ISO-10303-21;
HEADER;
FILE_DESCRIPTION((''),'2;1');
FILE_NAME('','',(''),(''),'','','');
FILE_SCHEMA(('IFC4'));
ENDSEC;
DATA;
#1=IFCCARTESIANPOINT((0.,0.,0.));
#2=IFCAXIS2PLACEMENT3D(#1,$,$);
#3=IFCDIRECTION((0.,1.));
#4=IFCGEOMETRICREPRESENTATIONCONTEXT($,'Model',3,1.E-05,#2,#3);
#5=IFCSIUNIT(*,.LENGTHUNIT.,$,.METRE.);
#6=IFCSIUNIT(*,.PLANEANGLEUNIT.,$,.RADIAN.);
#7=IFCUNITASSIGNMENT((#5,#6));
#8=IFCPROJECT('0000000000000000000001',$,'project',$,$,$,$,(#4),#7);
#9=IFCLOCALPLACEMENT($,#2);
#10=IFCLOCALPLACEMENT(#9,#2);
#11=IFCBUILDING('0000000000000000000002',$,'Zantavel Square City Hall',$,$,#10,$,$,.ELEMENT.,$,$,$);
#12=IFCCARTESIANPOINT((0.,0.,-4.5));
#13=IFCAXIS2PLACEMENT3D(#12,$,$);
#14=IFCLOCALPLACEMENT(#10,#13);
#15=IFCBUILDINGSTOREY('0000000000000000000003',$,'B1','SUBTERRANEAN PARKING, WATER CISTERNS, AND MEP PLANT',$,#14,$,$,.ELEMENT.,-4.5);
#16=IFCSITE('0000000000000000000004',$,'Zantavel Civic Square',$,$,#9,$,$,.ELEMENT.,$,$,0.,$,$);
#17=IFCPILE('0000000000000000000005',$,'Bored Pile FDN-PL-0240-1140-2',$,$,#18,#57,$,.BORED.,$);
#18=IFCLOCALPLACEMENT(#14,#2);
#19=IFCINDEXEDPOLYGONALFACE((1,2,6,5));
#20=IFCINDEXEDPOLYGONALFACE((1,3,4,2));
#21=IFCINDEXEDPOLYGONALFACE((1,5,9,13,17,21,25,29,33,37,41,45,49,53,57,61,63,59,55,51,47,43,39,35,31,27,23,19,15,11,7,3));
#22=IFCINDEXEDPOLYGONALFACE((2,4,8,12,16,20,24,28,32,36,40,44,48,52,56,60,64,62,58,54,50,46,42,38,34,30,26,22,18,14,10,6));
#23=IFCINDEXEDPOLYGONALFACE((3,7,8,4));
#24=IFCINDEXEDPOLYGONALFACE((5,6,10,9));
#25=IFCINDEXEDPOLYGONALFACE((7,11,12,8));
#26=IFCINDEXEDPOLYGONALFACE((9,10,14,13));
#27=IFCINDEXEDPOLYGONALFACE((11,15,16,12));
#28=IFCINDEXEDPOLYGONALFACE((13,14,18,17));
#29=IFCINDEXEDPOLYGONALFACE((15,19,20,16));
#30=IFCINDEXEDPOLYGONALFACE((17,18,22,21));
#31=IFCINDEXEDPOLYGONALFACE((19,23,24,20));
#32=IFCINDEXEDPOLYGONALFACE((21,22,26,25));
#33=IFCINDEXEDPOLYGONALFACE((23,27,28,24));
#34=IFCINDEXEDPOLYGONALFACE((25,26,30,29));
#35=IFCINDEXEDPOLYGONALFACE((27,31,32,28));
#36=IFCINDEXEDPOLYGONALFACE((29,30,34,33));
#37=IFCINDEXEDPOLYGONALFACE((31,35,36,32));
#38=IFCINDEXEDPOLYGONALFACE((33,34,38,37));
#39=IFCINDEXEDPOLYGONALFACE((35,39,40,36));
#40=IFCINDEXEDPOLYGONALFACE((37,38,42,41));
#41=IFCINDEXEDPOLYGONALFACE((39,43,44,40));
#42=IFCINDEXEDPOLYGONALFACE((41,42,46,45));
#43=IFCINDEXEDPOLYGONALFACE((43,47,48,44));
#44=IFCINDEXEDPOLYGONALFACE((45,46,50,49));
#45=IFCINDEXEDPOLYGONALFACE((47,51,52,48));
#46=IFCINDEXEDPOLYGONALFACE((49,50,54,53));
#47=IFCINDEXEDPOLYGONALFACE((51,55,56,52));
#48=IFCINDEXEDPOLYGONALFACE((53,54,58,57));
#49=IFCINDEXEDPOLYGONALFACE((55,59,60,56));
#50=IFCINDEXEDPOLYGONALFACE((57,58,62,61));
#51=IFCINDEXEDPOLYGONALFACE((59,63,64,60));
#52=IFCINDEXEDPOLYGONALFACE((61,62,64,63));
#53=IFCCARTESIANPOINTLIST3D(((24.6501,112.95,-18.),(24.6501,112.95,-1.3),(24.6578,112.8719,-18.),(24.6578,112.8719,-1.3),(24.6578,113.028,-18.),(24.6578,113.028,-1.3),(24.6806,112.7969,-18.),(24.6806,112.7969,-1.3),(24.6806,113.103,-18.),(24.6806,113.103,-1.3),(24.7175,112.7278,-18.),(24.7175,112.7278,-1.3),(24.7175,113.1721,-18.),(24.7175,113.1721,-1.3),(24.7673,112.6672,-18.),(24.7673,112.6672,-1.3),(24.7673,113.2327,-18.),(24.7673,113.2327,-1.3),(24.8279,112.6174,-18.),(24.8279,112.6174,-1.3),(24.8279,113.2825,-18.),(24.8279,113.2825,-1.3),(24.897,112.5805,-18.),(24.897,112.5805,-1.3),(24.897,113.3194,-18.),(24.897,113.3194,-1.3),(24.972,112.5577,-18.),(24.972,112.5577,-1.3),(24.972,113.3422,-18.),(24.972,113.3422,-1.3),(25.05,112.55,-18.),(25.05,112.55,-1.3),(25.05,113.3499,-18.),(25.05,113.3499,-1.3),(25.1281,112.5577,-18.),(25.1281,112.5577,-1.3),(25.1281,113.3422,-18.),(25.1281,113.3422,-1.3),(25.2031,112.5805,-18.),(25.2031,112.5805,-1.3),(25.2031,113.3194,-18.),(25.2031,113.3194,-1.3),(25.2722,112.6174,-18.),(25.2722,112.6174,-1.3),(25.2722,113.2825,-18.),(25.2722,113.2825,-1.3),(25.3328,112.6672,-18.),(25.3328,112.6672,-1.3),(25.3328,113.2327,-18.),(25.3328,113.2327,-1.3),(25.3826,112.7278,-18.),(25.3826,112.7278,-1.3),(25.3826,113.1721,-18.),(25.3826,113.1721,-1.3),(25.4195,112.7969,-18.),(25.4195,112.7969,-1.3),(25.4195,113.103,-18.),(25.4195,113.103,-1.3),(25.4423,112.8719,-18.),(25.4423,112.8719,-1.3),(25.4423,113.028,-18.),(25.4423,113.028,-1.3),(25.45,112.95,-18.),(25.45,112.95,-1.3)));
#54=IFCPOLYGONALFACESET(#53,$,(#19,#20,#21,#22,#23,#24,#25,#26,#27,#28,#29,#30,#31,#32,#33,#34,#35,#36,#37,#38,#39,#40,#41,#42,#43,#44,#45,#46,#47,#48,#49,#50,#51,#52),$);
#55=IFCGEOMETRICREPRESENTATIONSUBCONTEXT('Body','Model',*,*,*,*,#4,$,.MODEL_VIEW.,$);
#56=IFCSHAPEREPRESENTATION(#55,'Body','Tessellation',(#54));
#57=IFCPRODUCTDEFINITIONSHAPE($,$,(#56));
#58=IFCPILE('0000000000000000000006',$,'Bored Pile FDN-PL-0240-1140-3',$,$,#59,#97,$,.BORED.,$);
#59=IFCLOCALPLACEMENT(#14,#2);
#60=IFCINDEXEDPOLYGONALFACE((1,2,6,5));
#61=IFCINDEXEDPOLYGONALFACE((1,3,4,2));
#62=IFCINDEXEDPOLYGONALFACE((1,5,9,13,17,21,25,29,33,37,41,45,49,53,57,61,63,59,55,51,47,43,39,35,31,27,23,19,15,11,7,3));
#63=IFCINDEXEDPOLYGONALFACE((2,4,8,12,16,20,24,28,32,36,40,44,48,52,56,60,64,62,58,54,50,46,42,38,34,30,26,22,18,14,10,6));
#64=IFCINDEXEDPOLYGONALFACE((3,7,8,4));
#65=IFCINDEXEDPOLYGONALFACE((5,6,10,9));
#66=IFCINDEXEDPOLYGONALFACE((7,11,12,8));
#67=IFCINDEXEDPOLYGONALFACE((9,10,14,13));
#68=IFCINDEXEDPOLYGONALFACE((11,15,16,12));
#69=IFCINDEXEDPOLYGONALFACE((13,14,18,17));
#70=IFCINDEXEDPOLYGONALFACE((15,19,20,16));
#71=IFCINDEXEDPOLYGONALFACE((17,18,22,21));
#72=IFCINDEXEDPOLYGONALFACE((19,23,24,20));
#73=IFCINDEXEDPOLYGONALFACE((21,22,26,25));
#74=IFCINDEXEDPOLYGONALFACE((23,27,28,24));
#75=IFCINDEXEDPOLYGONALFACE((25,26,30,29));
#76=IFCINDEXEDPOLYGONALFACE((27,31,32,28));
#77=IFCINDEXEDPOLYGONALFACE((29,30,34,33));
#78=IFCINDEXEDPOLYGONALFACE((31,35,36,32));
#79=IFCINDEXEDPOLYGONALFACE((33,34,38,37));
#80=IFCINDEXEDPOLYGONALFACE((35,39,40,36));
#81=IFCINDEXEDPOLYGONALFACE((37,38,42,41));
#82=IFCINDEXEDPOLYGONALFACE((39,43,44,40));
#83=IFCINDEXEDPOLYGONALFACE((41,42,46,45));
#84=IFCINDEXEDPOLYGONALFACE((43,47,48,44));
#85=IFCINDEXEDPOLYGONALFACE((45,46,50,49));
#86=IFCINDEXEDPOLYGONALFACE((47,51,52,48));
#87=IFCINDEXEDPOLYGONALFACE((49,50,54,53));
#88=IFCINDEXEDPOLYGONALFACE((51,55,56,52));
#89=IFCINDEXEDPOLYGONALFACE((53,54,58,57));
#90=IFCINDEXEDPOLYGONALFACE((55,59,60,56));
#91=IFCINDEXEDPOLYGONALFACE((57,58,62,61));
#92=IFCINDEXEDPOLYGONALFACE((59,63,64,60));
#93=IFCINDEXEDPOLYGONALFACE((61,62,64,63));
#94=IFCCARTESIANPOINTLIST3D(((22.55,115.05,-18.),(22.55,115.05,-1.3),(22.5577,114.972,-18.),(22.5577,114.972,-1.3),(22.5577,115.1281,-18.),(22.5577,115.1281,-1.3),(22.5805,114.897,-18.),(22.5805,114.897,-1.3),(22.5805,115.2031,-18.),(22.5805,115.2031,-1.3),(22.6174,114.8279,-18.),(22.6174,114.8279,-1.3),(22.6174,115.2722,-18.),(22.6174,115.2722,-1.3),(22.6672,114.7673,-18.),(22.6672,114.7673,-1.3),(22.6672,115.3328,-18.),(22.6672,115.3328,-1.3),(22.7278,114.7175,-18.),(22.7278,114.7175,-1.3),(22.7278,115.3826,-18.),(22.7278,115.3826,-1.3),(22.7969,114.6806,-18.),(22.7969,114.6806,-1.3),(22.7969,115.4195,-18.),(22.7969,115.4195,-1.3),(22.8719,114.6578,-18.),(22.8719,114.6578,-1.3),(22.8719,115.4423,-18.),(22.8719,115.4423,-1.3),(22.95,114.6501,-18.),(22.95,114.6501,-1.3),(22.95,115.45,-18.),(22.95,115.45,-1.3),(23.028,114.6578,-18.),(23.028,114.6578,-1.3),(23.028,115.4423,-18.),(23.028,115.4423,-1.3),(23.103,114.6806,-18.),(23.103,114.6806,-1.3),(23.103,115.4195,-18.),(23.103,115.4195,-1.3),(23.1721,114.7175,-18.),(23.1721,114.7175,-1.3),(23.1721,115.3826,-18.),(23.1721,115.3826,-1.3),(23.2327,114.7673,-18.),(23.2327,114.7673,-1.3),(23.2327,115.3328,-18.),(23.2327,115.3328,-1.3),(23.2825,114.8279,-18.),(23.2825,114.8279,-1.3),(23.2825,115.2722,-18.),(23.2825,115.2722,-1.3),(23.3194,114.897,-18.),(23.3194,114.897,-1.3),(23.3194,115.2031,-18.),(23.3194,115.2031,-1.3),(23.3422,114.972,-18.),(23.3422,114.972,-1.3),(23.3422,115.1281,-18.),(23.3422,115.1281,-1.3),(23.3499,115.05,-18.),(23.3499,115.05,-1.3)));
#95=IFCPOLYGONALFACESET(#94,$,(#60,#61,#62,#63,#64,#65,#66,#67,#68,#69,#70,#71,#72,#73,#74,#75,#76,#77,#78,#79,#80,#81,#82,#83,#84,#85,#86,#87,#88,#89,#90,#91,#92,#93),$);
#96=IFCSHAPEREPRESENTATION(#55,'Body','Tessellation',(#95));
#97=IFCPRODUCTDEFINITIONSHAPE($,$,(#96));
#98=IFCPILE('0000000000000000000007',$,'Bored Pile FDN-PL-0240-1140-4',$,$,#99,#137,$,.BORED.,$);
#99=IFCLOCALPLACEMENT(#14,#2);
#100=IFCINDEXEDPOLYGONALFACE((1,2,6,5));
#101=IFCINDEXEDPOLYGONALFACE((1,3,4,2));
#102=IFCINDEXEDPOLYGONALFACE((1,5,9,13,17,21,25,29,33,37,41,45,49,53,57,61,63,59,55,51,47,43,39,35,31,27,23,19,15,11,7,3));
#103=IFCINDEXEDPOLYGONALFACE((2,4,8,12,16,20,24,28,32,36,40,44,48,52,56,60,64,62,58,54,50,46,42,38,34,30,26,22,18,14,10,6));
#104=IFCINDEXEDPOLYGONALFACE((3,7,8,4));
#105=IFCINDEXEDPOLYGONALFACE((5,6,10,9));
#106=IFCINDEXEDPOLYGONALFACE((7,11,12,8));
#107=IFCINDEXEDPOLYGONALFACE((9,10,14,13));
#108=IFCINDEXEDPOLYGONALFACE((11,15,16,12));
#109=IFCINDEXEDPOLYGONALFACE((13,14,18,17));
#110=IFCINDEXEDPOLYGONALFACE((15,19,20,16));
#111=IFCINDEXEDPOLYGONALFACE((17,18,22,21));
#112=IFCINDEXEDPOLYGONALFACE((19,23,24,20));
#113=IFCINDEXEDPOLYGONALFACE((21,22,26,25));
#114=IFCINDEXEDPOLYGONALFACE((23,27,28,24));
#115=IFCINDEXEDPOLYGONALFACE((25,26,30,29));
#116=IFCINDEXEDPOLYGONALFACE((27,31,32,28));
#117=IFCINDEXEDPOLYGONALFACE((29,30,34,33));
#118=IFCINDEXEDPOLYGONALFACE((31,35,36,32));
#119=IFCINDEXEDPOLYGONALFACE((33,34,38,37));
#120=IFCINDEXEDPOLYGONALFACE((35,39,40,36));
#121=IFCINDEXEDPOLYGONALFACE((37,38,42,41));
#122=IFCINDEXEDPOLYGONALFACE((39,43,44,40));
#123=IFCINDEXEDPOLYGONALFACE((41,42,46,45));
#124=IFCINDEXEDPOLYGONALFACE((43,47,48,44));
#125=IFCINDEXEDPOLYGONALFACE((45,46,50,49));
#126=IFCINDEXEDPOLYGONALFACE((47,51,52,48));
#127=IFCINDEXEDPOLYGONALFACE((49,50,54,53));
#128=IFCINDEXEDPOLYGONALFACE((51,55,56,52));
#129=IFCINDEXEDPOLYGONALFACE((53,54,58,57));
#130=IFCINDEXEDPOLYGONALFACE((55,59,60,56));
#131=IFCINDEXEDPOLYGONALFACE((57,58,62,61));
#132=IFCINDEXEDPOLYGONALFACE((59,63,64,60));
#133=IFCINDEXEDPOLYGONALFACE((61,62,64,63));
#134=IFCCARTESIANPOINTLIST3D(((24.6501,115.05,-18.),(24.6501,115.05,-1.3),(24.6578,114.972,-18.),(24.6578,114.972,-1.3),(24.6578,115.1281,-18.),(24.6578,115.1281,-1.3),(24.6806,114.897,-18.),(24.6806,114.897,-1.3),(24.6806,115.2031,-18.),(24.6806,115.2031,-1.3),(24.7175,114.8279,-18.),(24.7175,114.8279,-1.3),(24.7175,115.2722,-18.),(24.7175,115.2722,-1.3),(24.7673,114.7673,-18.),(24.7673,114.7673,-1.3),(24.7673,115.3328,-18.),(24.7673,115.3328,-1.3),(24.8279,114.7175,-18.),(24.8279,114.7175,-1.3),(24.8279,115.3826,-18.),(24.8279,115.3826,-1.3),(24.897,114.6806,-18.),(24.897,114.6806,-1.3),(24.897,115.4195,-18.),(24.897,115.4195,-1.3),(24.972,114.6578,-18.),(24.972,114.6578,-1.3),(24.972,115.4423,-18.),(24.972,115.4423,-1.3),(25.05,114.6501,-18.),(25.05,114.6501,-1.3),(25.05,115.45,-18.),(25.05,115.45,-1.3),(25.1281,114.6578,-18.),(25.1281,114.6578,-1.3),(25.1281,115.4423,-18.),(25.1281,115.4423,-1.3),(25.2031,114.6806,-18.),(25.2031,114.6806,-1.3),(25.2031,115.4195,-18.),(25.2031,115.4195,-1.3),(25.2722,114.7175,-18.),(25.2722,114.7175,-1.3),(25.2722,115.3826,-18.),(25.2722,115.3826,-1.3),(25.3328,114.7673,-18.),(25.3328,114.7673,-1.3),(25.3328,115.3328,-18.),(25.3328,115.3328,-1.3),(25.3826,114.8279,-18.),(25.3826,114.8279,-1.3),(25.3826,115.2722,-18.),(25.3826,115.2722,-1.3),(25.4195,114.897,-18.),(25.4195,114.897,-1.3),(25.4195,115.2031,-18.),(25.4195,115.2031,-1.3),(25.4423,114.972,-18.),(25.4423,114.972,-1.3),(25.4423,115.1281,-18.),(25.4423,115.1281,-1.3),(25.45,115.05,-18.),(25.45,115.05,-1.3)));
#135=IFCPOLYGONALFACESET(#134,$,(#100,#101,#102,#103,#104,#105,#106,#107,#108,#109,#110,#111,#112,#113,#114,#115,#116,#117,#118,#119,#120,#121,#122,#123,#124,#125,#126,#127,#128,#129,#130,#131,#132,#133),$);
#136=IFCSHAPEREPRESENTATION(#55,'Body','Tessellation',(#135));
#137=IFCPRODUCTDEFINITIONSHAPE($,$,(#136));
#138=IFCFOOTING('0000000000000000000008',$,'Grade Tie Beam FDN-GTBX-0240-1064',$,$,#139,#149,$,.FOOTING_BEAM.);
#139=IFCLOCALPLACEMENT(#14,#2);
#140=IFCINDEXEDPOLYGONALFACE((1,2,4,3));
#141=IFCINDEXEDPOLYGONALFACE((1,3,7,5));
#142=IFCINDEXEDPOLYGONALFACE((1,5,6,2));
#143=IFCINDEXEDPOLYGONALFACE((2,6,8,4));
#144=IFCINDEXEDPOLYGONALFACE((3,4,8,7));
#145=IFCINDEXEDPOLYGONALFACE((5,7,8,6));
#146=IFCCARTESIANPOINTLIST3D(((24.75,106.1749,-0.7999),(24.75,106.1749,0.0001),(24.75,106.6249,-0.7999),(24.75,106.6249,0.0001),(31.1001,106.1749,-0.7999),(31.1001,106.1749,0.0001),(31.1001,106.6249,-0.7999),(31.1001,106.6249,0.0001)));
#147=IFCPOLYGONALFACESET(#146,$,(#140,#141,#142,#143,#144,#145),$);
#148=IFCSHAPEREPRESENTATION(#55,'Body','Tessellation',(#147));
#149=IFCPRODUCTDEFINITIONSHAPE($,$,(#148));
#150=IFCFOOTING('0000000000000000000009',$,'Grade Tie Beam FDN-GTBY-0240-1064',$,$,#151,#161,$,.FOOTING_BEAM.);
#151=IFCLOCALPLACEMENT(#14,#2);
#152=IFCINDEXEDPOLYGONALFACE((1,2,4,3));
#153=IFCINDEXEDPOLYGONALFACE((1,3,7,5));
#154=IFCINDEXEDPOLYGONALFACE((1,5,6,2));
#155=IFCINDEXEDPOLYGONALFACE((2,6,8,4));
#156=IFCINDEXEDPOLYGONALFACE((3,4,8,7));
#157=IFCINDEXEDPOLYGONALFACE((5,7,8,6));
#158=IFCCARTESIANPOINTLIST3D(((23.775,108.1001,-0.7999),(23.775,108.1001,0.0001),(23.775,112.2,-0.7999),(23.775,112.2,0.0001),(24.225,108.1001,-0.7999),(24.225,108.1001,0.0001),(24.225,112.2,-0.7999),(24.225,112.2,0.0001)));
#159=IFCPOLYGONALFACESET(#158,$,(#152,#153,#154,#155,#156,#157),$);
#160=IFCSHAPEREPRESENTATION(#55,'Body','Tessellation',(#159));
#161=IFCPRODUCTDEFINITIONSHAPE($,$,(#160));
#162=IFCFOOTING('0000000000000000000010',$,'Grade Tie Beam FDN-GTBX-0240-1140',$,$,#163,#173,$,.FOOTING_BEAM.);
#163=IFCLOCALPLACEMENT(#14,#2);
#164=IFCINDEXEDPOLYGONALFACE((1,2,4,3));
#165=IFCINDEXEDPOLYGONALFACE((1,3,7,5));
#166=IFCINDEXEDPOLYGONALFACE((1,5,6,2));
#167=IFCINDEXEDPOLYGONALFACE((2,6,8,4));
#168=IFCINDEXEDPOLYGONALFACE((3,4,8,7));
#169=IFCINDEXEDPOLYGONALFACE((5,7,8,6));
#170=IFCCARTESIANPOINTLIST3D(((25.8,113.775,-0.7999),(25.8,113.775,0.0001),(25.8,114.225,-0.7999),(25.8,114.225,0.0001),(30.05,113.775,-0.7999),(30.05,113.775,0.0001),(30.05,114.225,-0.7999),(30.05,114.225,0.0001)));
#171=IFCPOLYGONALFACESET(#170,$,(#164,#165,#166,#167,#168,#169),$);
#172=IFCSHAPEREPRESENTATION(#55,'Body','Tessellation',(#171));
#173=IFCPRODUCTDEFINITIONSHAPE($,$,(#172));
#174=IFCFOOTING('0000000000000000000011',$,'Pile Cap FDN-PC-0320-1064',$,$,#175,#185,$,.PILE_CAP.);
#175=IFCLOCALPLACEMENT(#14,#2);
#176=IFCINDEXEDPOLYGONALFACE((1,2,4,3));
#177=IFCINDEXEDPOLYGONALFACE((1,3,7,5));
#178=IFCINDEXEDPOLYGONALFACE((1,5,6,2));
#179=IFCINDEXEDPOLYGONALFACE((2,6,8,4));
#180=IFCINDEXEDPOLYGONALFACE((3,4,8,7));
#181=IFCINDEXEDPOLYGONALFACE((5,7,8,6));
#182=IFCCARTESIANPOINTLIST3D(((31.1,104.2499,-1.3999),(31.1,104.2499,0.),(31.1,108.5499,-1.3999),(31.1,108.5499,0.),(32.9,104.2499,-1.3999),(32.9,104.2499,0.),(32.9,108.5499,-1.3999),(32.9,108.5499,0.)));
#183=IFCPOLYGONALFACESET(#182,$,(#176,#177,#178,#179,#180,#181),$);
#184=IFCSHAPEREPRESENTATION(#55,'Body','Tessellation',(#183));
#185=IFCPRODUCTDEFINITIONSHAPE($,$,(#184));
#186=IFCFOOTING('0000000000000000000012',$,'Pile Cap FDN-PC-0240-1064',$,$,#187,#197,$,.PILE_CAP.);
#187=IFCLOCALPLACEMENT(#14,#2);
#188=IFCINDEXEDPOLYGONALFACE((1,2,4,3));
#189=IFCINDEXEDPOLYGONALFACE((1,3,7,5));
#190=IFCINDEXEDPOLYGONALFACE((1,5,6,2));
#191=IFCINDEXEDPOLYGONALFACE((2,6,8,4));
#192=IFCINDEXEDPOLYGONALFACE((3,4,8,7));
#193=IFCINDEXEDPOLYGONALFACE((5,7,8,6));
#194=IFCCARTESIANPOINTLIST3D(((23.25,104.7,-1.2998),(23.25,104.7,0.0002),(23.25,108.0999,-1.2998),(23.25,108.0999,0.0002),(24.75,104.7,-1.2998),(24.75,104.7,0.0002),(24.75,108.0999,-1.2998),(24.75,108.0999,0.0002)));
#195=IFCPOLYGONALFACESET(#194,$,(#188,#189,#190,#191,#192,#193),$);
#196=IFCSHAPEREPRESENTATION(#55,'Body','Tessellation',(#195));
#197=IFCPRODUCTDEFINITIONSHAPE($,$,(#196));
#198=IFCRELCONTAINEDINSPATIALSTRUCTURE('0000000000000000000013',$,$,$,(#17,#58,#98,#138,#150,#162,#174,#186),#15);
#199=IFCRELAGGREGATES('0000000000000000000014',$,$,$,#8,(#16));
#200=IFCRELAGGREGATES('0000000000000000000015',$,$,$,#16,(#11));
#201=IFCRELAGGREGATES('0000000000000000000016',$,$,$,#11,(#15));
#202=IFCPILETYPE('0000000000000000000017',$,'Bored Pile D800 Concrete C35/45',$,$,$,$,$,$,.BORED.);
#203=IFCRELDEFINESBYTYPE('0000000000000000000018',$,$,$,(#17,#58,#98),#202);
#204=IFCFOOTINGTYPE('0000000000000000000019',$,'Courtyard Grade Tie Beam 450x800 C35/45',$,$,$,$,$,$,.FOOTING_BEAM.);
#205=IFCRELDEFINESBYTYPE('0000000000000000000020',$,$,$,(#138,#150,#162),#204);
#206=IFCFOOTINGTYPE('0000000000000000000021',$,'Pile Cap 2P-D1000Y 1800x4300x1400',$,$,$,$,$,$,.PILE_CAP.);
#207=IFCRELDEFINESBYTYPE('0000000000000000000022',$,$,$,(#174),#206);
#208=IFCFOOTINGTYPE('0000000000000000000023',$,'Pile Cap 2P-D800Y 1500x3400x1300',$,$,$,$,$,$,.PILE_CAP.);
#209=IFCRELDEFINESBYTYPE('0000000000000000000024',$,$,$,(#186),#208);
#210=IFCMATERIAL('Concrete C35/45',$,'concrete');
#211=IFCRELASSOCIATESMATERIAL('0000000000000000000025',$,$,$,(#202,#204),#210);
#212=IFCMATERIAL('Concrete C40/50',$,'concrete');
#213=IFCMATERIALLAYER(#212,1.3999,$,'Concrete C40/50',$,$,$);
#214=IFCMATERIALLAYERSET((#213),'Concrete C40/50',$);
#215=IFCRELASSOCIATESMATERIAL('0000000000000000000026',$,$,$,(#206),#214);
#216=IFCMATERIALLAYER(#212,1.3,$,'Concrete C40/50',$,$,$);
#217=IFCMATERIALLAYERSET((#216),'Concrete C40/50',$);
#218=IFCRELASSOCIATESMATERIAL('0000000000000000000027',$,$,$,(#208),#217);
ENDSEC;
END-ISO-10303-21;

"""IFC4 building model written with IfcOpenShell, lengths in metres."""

from ifc_helpers import new_model, si_unit, direction, frame, origin, origin_2d, place, context, subcontext, project, spatial, rectangle, circle, extrude, material, layer, layer_set, material_profile, profile_set, type_object, element, save


model = new_model("IFC4")

# Units and contexts
model_context = context("Model", 3, precision=1e-05, world=origin(), true_north=direction((0.0, 1.0)))
body_context = subcontext(model_context, "Body", "Model", "MODEL_VIEW")
ifc_project = project(units=[si_unit("LENGTHUNIT", "METRE"), si_unit("PLANEANGLEUNIT", "RADIAN")], contexts=[model_context])

# Site, building, storey
site_placement = place(None, origin())
site = spatial("IfcSite", under=ifc_project, at=site_placement, Name="Zantavel Civic Square", CompositionType="ELEMENT", RefElevation=0.0)
building_placement = place(site_placement, origin())
building = spatial("IfcBuilding", under=site, at=building_placement, Name="Zantavel Square City Hall", CompositionType="ELEMENT")
storey_placement = place(building_placement, frame((0.0, 0.0, -4.5)))
storey = spatial("IfcBuildingStorey", under=building, at=storey_placement, Name="B1", Description="SUBTERRANEAN PARKING, WATER CISTERNS, AND MEP PLANT", CompositionType="ELEMENT", Elevation=-4.5)

# Piles
ifc_material_1 = material(Name="Concrete C35/45", Category="concrete")
ifc_material_profile_1 = material_profile(ifc_material_1, circle(Radius=0.3999, at=origin_2d()), Name="PILE D800")
ifc_profile_set_1 = profile_set([ifc_material_profile_1], Name="Concrete C35/45")
pile_type_1 = type_object("IfcPileType", Name="Bored Pile D800 Concrete C35/45", PredefinedType="BORED", material=ifc_profile_set_1)
for number, where, z_axis, x_axis, name in (
    (1, (25.05, 112.95, -1.3), (0.0, 0.0, -1.0), (1.0, 0.0, 0.0), "Bored Pile FDN-PL-0240-1140-2"),
    (2, (22.95, 115.05, -1.3), (0.0, 0.0, -1.0), (1.0, 0.0, 0.0), "Bored Pile FDN-PL-0240-1140-3"),
    (3, (25.05, 115.05, -1.3), (0.0, 0.0, -1.0), (1.0, 0.0, 0.0), "Bored Pile FDN-PL-0240-1140-4"),
):
    element("IfcPile", number, at=place(storey_placement, frame(where, z_axis=z_axis, x_axis=x_axis)), inside=storey, type_object=pile_type_1, Name=name, PredefinedType="BORED", context=body_context, shape_type="SweptSolid", body=[
        extrude(circle(Radius=0.3999, at=origin_2d()), origin(), (0.0, 0.0, 1.0), 16.7),
    ])

# Footings
ifc_material_profile_2 = material_profile(ifc_material_1, rectangle(XDim=0.45, YDim=0.8, at=origin_2d()), Name="RC 450x800")
ifc_profile_set_2 = profile_set([ifc_material_profile_2], Name="Concrete C35/45")
footing_type_1 = type_object("IfcFootingType", Name="Courtyard Grade Tie Beam 450x800 C35/45", PredefinedType="FOOTING_BEAM", material=ifc_profile_set_2)
footing_1_placement = place(storey_placement, frame((24.75, 106.3999, -0.3999), z_axis=(1.0, 0.0, 0.0), x_axis=(0.0, 1.0, 0.0)))
element("IfcFooting", 4, at=footing_1_placement, inside=storey, type_object=footing_type_1, Name="Grade Tie Beam FDN-GTBX-0240-1064", PredefinedType="FOOTING_BEAM", context=body_context, shape_type="SweptSolid", body=[
    extrude(rectangle(XDim=0.45, YDim=0.8, at=origin_2d()), origin(), (0.0, 0.0, 1.0), 6.3501),
])
footing_2_placement = place(storey_placement, frame((24.0, 108.1001, -0.3999), z_axis=(0.0, 1.0, 0.0), x_axis=(-1.0, 0.0, 0.0)))
element("IfcFooting", 5, at=footing_2_placement, inside=storey, type_object=footing_type_1, Name="Grade Tie Beam FDN-GTBY-0240-1064", PredefinedType="FOOTING_BEAM", context=body_context, shape_type="SweptSolid", body=[
    extrude(rectangle(XDim=0.45, YDim=0.8, at=origin_2d()), origin(), (0.0, 0.0, 1.0), 4.0999),
])
footing_3_placement = place(storey_placement, frame((25.8, 114.0, -0.3999), z_axis=(1.0, 0.0, 0.0), x_axis=(0.0, 1.0, 0.0)))
element("IfcFooting", 6, at=footing_3_placement, inside=storey, type_object=footing_type_1, Name="Grade Tie Beam FDN-GTBX-0240-1140", PredefinedType="FOOTING_BEAM", context=body_context, shape_type="SweptSolid", body=[
    extrude(rectangle(XDim=0.45, YDim=0.8, at=origin_2d()), origin(), (0.0, 0.0, 1.0), 4.25),
])
ifc_material_2 = material(Name="Concrete C40/50", Category="concrete")
ifc_layer_1 = layer(ifc_material_2, 1.3999, Name="Concrete C40/50")
ifc_layer_set_1 = layer_set([ifc_layer_1], Name="Concrete C40/50")
footing_type_2 = type_object("IfcFootingType", Name="Pile Cap 2P-D1000Y 1800x4300x1400", PredefinedType="PILE_CAP", material=ifc_layer_set_1)
footing_4_placement = place(storey_placement, frame((32.0, 106.3999, -1.3999), z_axis=(0.0, 0.0, 1.0), x_axis=(1.0, 0.0, 0.0)))
element("IfcFooting", 7, at=footing_4_placement, inside=storey, type_object=footing_type_2, Name="Pile Cap FDN-PC-0320-1064", PredefinedType="PILE_CAP", context=body_context, shape_type="SweptSolid", body=[
    extrude(rectangle(XDim=1.8, YDim=4.3, at=origin_2d()), origin(), (0.0, 0.0, 1.0), 1.3999),
])
ifc_layer_2 = layer(ifc_material_2, 1.3, Name="Concrete C40/50")
ifc_layer_set_2 = layer_set([ifc_layer_2], Name="Concrete C40/50")
footing_type_3 = type_object("IfcFootingType", Name="Pile Cap 2P-D800Y 1500x3400x1300", PredefinedType="PILE_CAP", material=ifc_layer_set_2)
footing_5_placement = place(storey_placement, frame((24.0, 106.3999, -1.2998), z_axis=(0.0, 0.0, 1.0), x_axis=(1.0, 0.0, 0.0)))
element("IfcFooting", 8, at=footing_5_placement, inside=storey, type_object=footing_type_3, Name="Pile Cap FDN-PC-0240-1064", PredefinedType="PILE_CAP", context=body_context, shape_type="SweptSolid", body=[
    extrude(rectangle(XDim=1.5, YDim=3.3999, at=origin_2d()), origin(), (0.0, 0.0, 1.0), 1.3),
])

save(model, "model.ifc")
